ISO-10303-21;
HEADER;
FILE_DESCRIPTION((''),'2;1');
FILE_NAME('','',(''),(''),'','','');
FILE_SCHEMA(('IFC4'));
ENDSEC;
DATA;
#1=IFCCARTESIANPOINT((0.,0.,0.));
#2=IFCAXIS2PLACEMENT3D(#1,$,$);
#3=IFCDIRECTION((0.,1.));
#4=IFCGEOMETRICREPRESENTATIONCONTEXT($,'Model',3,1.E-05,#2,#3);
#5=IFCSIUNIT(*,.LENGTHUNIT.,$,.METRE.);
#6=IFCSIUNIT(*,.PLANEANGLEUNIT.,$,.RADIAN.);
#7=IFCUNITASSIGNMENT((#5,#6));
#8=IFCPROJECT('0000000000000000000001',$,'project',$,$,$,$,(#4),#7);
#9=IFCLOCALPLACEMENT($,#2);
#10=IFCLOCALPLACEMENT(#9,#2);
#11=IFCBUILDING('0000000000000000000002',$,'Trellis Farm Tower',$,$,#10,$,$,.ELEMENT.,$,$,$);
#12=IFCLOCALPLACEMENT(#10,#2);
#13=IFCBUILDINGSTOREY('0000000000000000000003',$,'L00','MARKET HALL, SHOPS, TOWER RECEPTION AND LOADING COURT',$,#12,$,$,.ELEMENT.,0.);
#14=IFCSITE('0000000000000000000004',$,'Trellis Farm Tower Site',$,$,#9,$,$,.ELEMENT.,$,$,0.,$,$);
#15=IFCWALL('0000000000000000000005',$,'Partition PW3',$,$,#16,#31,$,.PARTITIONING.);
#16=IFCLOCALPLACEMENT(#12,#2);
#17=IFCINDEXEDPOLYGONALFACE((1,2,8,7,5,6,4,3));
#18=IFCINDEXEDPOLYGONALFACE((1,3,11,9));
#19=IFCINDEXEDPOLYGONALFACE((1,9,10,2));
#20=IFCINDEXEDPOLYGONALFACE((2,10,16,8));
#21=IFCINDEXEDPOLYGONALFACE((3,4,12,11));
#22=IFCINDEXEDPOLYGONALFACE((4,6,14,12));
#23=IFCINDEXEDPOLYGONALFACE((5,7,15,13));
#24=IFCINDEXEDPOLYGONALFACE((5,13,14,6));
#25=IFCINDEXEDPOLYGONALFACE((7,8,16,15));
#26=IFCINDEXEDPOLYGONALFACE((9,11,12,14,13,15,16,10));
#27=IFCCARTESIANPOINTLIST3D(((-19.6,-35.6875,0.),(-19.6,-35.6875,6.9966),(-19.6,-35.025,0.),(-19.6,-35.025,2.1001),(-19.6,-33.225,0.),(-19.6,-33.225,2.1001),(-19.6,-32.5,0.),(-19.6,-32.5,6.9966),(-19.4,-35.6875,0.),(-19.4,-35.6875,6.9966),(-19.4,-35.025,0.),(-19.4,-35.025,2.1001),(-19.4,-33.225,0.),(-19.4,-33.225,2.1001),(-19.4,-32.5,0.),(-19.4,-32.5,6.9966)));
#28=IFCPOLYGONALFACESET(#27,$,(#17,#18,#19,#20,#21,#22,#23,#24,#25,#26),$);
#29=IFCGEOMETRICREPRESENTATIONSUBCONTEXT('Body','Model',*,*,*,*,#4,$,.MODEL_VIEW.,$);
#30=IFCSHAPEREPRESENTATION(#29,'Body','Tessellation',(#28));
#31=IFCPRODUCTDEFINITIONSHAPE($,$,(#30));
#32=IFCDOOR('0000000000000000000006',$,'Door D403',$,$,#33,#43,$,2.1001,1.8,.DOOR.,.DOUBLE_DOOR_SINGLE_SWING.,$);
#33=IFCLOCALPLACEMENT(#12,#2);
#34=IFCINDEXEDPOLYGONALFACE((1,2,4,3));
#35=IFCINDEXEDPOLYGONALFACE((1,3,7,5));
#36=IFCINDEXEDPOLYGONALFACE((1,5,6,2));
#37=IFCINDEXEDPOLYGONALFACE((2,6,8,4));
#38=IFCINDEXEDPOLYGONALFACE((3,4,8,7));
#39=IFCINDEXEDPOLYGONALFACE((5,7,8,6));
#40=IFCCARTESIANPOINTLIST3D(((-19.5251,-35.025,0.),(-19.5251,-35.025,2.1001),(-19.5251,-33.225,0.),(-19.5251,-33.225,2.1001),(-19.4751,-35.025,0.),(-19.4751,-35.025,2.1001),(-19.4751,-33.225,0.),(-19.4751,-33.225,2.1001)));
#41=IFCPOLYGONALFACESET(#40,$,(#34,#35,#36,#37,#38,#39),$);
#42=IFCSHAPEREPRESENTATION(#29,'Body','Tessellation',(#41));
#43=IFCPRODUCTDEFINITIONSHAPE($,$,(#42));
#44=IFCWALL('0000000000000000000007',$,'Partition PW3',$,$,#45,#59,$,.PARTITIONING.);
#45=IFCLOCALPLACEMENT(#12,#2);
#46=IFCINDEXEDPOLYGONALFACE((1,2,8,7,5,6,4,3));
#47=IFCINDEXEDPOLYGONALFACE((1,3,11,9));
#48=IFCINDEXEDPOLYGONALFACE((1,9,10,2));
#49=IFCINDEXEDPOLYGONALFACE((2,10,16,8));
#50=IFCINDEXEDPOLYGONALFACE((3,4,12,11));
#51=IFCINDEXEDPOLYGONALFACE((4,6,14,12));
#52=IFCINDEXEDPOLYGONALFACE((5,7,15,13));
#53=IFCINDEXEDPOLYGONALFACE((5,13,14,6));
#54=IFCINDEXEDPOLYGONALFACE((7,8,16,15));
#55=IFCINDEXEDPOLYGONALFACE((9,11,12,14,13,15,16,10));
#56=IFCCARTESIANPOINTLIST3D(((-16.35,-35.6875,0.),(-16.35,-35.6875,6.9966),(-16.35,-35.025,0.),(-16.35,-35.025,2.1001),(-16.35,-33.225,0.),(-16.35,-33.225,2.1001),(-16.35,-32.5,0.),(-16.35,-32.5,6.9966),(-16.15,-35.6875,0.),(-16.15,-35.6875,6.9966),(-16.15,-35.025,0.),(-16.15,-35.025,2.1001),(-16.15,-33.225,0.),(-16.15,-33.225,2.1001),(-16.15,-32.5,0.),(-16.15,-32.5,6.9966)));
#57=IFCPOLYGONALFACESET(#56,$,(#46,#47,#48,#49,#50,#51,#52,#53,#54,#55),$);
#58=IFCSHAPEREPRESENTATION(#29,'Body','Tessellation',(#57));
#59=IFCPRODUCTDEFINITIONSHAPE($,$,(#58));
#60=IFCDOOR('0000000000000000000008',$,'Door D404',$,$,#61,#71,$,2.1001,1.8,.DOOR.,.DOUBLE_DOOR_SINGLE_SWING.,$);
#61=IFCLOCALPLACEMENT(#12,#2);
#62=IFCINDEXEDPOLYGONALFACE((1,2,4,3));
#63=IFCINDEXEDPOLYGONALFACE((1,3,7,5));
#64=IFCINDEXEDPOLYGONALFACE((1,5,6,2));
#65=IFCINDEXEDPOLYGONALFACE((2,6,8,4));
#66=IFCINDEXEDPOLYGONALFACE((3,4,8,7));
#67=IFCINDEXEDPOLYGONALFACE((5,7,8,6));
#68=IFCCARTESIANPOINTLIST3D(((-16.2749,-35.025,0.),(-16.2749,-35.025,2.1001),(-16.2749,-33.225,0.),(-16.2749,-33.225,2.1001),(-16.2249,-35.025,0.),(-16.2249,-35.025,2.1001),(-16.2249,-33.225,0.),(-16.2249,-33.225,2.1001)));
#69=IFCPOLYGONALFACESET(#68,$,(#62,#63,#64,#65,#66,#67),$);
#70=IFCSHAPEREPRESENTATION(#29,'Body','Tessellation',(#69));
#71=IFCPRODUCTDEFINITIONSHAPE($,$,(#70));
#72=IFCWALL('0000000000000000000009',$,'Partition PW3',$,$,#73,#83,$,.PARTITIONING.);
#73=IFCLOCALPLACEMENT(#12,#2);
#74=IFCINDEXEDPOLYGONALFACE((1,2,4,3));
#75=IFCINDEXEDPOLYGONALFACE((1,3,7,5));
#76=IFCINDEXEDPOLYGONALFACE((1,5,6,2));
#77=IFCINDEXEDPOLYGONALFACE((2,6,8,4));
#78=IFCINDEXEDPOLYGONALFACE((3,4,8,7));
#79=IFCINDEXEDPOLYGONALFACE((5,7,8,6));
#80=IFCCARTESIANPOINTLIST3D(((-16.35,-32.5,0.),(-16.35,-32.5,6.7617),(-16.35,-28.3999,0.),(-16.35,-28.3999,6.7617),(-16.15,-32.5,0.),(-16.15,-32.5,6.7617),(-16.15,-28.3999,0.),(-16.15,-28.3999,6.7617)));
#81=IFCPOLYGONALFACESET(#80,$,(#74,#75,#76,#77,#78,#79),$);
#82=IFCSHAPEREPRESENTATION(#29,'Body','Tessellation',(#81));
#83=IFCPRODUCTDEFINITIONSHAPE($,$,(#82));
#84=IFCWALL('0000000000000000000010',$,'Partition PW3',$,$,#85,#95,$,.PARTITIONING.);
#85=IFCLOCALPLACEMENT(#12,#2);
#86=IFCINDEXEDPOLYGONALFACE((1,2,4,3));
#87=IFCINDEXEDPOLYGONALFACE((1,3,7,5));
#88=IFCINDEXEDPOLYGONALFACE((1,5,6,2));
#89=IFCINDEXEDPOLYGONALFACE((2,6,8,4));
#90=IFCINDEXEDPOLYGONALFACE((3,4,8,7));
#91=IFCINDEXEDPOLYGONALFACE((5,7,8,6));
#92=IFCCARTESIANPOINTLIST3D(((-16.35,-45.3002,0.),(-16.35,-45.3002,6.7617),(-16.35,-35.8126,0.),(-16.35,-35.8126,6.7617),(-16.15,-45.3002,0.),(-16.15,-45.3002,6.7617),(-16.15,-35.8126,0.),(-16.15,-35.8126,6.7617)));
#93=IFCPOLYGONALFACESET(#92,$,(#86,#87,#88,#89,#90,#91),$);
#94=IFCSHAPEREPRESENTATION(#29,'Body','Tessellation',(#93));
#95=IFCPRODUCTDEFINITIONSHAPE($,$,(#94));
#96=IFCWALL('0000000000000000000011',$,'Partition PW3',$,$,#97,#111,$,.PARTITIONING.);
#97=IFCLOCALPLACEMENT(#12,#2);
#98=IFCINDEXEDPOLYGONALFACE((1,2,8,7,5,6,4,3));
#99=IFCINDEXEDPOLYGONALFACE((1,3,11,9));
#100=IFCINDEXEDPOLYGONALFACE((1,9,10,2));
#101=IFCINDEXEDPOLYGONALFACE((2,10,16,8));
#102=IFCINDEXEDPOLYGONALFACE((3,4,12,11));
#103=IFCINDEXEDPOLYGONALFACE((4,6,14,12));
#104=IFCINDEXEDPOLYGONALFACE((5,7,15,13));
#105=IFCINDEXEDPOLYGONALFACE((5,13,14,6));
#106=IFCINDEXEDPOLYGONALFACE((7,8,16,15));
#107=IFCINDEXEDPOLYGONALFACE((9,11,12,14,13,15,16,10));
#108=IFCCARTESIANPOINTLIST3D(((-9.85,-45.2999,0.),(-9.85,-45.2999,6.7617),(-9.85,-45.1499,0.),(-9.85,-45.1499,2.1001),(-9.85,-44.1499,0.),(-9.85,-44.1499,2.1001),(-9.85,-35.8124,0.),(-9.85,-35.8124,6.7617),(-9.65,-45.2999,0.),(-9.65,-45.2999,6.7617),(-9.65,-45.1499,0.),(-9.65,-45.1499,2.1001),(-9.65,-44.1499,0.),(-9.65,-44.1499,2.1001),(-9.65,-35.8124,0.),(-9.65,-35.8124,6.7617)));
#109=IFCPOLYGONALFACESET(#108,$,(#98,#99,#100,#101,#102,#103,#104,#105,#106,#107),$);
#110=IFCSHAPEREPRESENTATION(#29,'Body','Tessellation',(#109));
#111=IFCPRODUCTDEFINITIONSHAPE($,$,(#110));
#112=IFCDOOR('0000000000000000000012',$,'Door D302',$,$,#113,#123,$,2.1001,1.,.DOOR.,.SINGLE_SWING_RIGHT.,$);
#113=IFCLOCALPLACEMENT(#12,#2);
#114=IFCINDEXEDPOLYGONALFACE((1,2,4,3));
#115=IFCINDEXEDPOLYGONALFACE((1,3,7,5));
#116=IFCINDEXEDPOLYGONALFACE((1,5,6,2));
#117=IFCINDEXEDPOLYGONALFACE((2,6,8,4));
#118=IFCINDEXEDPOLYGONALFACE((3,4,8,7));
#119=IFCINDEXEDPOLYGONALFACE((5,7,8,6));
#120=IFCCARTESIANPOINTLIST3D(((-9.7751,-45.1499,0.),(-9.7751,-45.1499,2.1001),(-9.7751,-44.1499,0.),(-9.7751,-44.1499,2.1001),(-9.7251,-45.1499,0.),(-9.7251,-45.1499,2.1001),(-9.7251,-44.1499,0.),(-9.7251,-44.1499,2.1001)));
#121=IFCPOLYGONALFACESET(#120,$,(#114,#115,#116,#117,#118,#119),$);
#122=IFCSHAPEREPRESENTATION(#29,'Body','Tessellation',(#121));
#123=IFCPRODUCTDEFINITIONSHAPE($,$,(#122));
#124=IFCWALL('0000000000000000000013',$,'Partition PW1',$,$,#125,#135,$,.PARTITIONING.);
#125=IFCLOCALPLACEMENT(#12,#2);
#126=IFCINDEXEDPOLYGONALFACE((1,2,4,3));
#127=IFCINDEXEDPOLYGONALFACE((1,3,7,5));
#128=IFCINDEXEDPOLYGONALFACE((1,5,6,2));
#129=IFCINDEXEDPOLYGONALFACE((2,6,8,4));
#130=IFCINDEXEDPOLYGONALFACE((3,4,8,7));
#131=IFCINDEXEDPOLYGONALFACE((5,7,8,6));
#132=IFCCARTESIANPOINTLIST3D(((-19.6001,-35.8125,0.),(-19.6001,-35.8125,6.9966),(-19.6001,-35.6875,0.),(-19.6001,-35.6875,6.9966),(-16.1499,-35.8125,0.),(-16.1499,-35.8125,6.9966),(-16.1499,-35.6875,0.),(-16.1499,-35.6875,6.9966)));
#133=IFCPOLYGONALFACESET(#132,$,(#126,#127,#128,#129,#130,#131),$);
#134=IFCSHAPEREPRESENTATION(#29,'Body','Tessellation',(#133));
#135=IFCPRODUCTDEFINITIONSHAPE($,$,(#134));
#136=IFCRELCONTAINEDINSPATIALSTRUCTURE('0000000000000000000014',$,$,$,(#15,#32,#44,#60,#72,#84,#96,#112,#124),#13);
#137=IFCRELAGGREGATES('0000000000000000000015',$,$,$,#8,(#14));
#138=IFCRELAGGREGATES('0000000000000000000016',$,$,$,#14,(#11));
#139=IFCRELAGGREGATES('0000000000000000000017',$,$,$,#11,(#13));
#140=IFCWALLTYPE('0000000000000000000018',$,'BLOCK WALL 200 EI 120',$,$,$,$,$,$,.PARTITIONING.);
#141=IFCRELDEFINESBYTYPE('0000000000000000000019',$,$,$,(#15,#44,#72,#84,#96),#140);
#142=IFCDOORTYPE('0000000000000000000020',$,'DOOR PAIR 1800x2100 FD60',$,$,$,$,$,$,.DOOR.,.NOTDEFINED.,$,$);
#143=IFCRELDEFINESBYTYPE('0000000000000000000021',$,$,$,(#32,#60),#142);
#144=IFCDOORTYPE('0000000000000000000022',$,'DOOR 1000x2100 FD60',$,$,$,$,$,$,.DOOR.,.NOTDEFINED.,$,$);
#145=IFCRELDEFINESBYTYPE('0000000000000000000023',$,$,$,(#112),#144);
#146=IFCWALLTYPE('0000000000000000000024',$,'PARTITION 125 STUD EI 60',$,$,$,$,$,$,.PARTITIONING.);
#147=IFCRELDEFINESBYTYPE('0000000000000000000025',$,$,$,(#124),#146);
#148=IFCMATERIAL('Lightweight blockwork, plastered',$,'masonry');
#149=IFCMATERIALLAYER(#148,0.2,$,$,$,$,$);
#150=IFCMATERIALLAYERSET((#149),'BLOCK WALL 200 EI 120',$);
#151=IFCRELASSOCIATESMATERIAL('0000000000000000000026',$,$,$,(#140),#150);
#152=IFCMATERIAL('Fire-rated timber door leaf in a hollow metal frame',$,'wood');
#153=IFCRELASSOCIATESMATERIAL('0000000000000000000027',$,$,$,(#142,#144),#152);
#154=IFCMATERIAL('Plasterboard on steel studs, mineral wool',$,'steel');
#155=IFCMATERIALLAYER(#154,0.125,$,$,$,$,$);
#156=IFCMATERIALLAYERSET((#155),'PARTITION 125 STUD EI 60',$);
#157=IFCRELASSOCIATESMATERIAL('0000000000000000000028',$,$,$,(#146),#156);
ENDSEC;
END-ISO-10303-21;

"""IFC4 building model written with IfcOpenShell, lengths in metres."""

from ifc_helpers import new_model, si_unit, direction, frame, frame_2d, origin, place, context, subcontext, project, spatial, rectangle, extrude, source, transform, mapped, material, layer, layer_set, type_object, element, fill, save


model = new_model("IFC4")

# Units and contexts
model_context = context("Model", 3, precision=1e-05, world=origin(), true_north=direction((0.0, 1.0)))
body_context = subcontext(model_context, "Body", "Model", "MODEL_VIEW")
ifc_project = project(units=[si_unit("LENGTHUNIT", "METRE"), si_unit("PLANEANGLEUNIT", "RADIAN")], contexts=[model_context])

# Site, building, storey
site_placement = place(None, origin())
site = spatial("IfcSite", under=ifc_project, at=site_placement, Name="Trellis Farm Tower Site", CompositionType="ELEMENT", RefElevation=0.0)
building_placement = place(site_placement, origin())
building = spatial("IfcBuilding", under=site, at=building_placement, Name="Trellis Farm Tower", CompositionType="ELEMENT")
storey_placement = place(building_placement, origin())
storey = spatial("IfcBuildingStorey", under=building, at=storey_placement, Name="L00", Description="MARKET HALL, SHOPS, TOWER RECEPTION AND LOADING COURT", CompositionType="ELEMENT", Elevation=0.0)

# Walls, openings, doors
ifc_material_1 = material(Name="Lightweight blockwork, plastered", Category="masonry")
ifc_layer_1 = layer(ifc_material_1, 0.2)
ifc_layer_set_1 = layer_set([ifc_layer_1], Name="BLOCK WALL 200 EI 120")
wall_type_1 = type_object("IfcWallType", Name="BLOCK WALL 200 EI 120", PredefinedType="PARTITIONING", material=ifc_layer_set_1)
shared_shape_1 = source(origin(), body_context, "Body", "SweptSolid", [
    extrude(rectangle(XDim=3.1875, YDim=0.2, at=frame_2d((1.5938, 0.0))), origin(), (0.0, 0.0, 1.0), 6.9966),
])
wall_1_placement = place(storey_placement, frame((-19.5, -32.5, 0.0), z_axis=(0.0, 0.0, 1.0), x_axis=(0.0, -1.0, 0.0)))
wall_1 = element("IfcWall", 1, at=wall_1_placement, inside=storey, type_object=wall_type_1, Name="Partition PW3", PredefinedType="PARTITIONING", context=body_context, shape_type="MappedRepresentation", body=[
    mapped(shared_shape_1, transform((0.0, 0.0, 0.0))),
])
shared_shape_2 = source(origin(), body_context, "Body", "SweptSolid", [
    extrude(rectangle(XDim=1.8, YDim=2.1001, at=frame_2d((0.8999, 1.05))), frame((0.0, 0.1101, 0.0), z_axis=(0.0, -1.0, 0.0), x_axis=(1.0, 0.0, 0.0)), (0.0, 0.0, 1.0), 0.2202),
])
opening_1_placement = place(wall_1_placement, frame((0.7251, 0.0, 0.0)))
opening_1 = element("IfcOpeningElement", 2, at=opening_1_placement, cuts=wall_1, PredefinedType="OPENING", context=body_context, shape_type="MappedRepresentation", body=[
    mapped(shared_shape_2, transform((0.0, 0.0, 0.0))),
])
ifc_material_2 = material(Name="Fire-rated timber door leaf in a hollow metal frame", Category="wood")
door_type_1 = type_object("IfcDoorType", Name="DOOR PAIR 1800x2100 FD60", OperationType="NOTDEFINED", PredefinedType="DOOR", material=ifc_material_2)
shared_shape_3 = source(origin(), body_context, "Body", "SweptSolid", [
    extrude(rectangle(XDim=1.8, YDim=2.1001, at=frame_2d((0.8999, 1.05))), frame((0.0, 0.0249, 0.0), z_axis=(0.0, -1.0, 0.0), x_axis=(1.0, 0.0, 0.0)), (0.0, 0.0, 1.0), 0.05),
])
door_1_placement = place(opening_1_placement, origin())
door_1 = element("IfcDoor", 3, at=door_1_placement, inside=storey, type_object=door_type_1, Name="Door D403", OperationType="DOUBLE_DOOR_SINGLE_SWING", OverallHeight=2.1001, OverallWidth=1.8, PredefinedType="DOOR", context=body_context, shape_type="MappedRepresentation", body=[
    mapped(shared_shape_3, transform((0.0, 0.0, 0.0))),
])
fill(opening_1, door_1)
wall_2_placement = place(storey_placement, frame((-16.25, -35.6875, 0.0), z_axis=(0.0, 0.0, 1.0), x_axis=(0.0, 1.0, 0.0)))
wall_2 = element("IfcWall", 4, at=wall_2_placement, inside=storey, type_object=wall_type_1, Name="Partition PW3", PredefinedType="PARTITIONING", context=body_context, shape_type="MappedRepresentation", body=[
    mapped(shared_shape_1, transform((0.0, 0.0, 0.0))),
])
opening_2_placement = place(wall_2_placement, frame((0.6626, 0.0, 0.0)))
opening_2 = element("IfcOpeningElement", 5, at=opening_2_placement, cuts=wall_2, PredefinedType="OPENING", context=body_context, shape_type="MappedRepresentation", body=[
    mapped(shared_shape_2, transform((0.0, 0.0, 0.0))),
])
door_2_placement = place(opening_2_placement, origin())
door_2 = element("IfcDoor", 6, at=door_2_placement, inside=storey, type_object=door_type_1, Name="Door D404", OperationType="DOUBLE_DOOR_SINGLE_SWING", OverallHeight=2.1001, OverallWidth=1.8, PredefinedType="DOOR", context=body_context, shape_type="MappedRepresentation", body=[
    mapped(shared_shape_3, transform((0.0, 0.0, 0.0))),
])
fill(opening_2, door_2)

# Walls
shared_shape_4 = source(origin(), body_context, "Body", "SweptSolid", [
    extrude(rectangle(XDim=4.1001, YDim=0.2, at=frame_2d((2.05, 0.0))), origin(), (0.0, 0.0, 1.0), 6.7617),
])
wall_3_placement = place(storey_placement, frame((-16.25, -32.5, 0.0), z_axis=(0.0, 0.0, 1.0), x_axis=(0.0, 1.0, 0.0)))
element("IfcWall", 7, at=wall_3_placement, inside=storey, type_object=wall_type_1, Name="Partition PW3", PredefinedType="PARTITIONING", context=body_context, shape_type="MappedRepresentation", body=[
    mapped(shared_shape_4, transform((0.0, 0.0, 0.0))),
])
shared_shape_5 = source(origin(), body_context, "Body", "SweptSolid", [
    extrude(rectangle(XDim=9.4875, YDim=0.2, at=frame_2d((4.7437, 0.0))), origin(), (0.0, 0.0, 1.0), 6.7617),
])
wall_4_placement = place(storey_placement, frame((-16.25, -45.3, 0.0), z_axis=(0.0, 0.0, 1.0), x_axis=(0.0, 1.0, 0.0)))
element("IfcWall", 8, at=wall_4_placement, inside=storey, type_object=wall_type_1, Name="Partition PW3", PredefinedType="PARTITIONING", context=body_context, shape_type="MappedRepresentation", body=[
    mapped(shared_shape_5, transform((0.0, 0.0, 0.0))),
])

# Wall, opening, door
wall_5_placement = place(storey_placement, frame((-9.75, -35.8125, 0.0), z_axis=(0.0, 0.0, 1.0), x_axis=(0.0, -1.0, 0.0)))
wall_5 = element("IfcWall", 9, at=wall_5_placement, inside=storey, type_object=wall_type_1, Name="Partition PW3", PredefinedType="PARTITIONING", context=body_context, shape_type="MappedRepresentation", body=[
    mapped(shared_shape_5, transform((0.0, 0.0, 0.0))),
])
shared_shape_6 = source(origin(), body_context, "Body", "SweptSolid", [
    extrude(rectangle(XDim=1.0, YDim=2.1001, at=frame_2d((0.5, 1.05))), frame((0.0, 0.1101, 0.0), z_axis=(0.0, -1.0, 0.0), x_axis=(1.0, 0.0, 0.0)), (0.0, 0.0, 1.0), 0.2202),
])
opening_3_placement = place(wall_5_placement, frame((8.3374, 0.0, 0.0)))
opening_3 = element("IfcOpeningElement", 10, at=opening_3_placement, cuts=wall_5, PredefinedType="OPENING", context=body_context, shape_type="MappedRepresentation", body=[
    mapped(shared_shape_6, transform((0.0, 0.0, 0.0))),
])
door_type_2 = type_object("IfcDoorType", Name="DOOR 1000x2100 FD60", OperationType="NOTDEFINED", PredefinedType="DOOR", material=ifc_material_2)
shared_shape_7 = source(origin(), body_context, "Body", "SweptSolid", [
    extrude(rectangle(XDim=1.0, YDim=2.1001, at=frame_2d((0.5, 1.05))), frame((0.0, 0.0249, 0.0), z_axis=(0.0, -1.0, 0.0), x_axis=(1.0, 0.0, 0.0)), (0.0, 0.0, 1.0), 0.05),
])
door_3_placement = place(opening_3_placement, origin())
door_3 = element("IfcDoor", 11, at=door_3_placement, inside=storey, type_object=door_type_2, Name="Door D302", OperationType="SINGLE_SWING_RIGHT", OverallHeight=2.1001, OverallWidth=1.0, PredefinedType="DOOR", context=body_context, shape_type="MappedRepresentation", body=[
    mapped(shared_shape_7, transform((0.0, 0.0, 0.0))),
])
fill(opening_3, door_3)

# Wall
ifc_material_3 = material(Name="Plasterboard on steel studs, mineral wool", Category="steel")
ifc_layer_2 = layer(ifc_material_3, 0.125)
ifc_layer_set_2 = layer_set([ifc_layer_2], Name="PARTITION 125 STUD EI 60")
wall_type_2 = type_object("IfcWallType", Name="PARTITION 125 STUD EI 60", PredefinedType="PARTITIONING", material=ifc_layer_set_2)
shared_shape_8 = source(origin(), body_context, "Body", "SweptSolid", [
    extrude(rectangle(XDim=3.4502, YDim=0.125, at=frame_2d((1.7251, 0.0))), origin(), (0.0, 0.0, 1.0), 6.9966),
])
wall_6_placement = place(storey_placement, frame((-16.1499, -35.75, 0.0), z_axis=(0.0, 0.0, 1.0), x_axis=(-1.0, 0.0, 0.0)))
element("IfcWall", 12, at=wall_6_placement, inside=storey, type_object=wall_type_2, Name="Partition PW1", PredefinedType="PARTITIONING", context=body_context, shape_type="MappedRepresentation", body=[
    mapped(shared_shape_8, transform((0.0, 0.0, 0.0))),
])

save(model, "model.ifc")
